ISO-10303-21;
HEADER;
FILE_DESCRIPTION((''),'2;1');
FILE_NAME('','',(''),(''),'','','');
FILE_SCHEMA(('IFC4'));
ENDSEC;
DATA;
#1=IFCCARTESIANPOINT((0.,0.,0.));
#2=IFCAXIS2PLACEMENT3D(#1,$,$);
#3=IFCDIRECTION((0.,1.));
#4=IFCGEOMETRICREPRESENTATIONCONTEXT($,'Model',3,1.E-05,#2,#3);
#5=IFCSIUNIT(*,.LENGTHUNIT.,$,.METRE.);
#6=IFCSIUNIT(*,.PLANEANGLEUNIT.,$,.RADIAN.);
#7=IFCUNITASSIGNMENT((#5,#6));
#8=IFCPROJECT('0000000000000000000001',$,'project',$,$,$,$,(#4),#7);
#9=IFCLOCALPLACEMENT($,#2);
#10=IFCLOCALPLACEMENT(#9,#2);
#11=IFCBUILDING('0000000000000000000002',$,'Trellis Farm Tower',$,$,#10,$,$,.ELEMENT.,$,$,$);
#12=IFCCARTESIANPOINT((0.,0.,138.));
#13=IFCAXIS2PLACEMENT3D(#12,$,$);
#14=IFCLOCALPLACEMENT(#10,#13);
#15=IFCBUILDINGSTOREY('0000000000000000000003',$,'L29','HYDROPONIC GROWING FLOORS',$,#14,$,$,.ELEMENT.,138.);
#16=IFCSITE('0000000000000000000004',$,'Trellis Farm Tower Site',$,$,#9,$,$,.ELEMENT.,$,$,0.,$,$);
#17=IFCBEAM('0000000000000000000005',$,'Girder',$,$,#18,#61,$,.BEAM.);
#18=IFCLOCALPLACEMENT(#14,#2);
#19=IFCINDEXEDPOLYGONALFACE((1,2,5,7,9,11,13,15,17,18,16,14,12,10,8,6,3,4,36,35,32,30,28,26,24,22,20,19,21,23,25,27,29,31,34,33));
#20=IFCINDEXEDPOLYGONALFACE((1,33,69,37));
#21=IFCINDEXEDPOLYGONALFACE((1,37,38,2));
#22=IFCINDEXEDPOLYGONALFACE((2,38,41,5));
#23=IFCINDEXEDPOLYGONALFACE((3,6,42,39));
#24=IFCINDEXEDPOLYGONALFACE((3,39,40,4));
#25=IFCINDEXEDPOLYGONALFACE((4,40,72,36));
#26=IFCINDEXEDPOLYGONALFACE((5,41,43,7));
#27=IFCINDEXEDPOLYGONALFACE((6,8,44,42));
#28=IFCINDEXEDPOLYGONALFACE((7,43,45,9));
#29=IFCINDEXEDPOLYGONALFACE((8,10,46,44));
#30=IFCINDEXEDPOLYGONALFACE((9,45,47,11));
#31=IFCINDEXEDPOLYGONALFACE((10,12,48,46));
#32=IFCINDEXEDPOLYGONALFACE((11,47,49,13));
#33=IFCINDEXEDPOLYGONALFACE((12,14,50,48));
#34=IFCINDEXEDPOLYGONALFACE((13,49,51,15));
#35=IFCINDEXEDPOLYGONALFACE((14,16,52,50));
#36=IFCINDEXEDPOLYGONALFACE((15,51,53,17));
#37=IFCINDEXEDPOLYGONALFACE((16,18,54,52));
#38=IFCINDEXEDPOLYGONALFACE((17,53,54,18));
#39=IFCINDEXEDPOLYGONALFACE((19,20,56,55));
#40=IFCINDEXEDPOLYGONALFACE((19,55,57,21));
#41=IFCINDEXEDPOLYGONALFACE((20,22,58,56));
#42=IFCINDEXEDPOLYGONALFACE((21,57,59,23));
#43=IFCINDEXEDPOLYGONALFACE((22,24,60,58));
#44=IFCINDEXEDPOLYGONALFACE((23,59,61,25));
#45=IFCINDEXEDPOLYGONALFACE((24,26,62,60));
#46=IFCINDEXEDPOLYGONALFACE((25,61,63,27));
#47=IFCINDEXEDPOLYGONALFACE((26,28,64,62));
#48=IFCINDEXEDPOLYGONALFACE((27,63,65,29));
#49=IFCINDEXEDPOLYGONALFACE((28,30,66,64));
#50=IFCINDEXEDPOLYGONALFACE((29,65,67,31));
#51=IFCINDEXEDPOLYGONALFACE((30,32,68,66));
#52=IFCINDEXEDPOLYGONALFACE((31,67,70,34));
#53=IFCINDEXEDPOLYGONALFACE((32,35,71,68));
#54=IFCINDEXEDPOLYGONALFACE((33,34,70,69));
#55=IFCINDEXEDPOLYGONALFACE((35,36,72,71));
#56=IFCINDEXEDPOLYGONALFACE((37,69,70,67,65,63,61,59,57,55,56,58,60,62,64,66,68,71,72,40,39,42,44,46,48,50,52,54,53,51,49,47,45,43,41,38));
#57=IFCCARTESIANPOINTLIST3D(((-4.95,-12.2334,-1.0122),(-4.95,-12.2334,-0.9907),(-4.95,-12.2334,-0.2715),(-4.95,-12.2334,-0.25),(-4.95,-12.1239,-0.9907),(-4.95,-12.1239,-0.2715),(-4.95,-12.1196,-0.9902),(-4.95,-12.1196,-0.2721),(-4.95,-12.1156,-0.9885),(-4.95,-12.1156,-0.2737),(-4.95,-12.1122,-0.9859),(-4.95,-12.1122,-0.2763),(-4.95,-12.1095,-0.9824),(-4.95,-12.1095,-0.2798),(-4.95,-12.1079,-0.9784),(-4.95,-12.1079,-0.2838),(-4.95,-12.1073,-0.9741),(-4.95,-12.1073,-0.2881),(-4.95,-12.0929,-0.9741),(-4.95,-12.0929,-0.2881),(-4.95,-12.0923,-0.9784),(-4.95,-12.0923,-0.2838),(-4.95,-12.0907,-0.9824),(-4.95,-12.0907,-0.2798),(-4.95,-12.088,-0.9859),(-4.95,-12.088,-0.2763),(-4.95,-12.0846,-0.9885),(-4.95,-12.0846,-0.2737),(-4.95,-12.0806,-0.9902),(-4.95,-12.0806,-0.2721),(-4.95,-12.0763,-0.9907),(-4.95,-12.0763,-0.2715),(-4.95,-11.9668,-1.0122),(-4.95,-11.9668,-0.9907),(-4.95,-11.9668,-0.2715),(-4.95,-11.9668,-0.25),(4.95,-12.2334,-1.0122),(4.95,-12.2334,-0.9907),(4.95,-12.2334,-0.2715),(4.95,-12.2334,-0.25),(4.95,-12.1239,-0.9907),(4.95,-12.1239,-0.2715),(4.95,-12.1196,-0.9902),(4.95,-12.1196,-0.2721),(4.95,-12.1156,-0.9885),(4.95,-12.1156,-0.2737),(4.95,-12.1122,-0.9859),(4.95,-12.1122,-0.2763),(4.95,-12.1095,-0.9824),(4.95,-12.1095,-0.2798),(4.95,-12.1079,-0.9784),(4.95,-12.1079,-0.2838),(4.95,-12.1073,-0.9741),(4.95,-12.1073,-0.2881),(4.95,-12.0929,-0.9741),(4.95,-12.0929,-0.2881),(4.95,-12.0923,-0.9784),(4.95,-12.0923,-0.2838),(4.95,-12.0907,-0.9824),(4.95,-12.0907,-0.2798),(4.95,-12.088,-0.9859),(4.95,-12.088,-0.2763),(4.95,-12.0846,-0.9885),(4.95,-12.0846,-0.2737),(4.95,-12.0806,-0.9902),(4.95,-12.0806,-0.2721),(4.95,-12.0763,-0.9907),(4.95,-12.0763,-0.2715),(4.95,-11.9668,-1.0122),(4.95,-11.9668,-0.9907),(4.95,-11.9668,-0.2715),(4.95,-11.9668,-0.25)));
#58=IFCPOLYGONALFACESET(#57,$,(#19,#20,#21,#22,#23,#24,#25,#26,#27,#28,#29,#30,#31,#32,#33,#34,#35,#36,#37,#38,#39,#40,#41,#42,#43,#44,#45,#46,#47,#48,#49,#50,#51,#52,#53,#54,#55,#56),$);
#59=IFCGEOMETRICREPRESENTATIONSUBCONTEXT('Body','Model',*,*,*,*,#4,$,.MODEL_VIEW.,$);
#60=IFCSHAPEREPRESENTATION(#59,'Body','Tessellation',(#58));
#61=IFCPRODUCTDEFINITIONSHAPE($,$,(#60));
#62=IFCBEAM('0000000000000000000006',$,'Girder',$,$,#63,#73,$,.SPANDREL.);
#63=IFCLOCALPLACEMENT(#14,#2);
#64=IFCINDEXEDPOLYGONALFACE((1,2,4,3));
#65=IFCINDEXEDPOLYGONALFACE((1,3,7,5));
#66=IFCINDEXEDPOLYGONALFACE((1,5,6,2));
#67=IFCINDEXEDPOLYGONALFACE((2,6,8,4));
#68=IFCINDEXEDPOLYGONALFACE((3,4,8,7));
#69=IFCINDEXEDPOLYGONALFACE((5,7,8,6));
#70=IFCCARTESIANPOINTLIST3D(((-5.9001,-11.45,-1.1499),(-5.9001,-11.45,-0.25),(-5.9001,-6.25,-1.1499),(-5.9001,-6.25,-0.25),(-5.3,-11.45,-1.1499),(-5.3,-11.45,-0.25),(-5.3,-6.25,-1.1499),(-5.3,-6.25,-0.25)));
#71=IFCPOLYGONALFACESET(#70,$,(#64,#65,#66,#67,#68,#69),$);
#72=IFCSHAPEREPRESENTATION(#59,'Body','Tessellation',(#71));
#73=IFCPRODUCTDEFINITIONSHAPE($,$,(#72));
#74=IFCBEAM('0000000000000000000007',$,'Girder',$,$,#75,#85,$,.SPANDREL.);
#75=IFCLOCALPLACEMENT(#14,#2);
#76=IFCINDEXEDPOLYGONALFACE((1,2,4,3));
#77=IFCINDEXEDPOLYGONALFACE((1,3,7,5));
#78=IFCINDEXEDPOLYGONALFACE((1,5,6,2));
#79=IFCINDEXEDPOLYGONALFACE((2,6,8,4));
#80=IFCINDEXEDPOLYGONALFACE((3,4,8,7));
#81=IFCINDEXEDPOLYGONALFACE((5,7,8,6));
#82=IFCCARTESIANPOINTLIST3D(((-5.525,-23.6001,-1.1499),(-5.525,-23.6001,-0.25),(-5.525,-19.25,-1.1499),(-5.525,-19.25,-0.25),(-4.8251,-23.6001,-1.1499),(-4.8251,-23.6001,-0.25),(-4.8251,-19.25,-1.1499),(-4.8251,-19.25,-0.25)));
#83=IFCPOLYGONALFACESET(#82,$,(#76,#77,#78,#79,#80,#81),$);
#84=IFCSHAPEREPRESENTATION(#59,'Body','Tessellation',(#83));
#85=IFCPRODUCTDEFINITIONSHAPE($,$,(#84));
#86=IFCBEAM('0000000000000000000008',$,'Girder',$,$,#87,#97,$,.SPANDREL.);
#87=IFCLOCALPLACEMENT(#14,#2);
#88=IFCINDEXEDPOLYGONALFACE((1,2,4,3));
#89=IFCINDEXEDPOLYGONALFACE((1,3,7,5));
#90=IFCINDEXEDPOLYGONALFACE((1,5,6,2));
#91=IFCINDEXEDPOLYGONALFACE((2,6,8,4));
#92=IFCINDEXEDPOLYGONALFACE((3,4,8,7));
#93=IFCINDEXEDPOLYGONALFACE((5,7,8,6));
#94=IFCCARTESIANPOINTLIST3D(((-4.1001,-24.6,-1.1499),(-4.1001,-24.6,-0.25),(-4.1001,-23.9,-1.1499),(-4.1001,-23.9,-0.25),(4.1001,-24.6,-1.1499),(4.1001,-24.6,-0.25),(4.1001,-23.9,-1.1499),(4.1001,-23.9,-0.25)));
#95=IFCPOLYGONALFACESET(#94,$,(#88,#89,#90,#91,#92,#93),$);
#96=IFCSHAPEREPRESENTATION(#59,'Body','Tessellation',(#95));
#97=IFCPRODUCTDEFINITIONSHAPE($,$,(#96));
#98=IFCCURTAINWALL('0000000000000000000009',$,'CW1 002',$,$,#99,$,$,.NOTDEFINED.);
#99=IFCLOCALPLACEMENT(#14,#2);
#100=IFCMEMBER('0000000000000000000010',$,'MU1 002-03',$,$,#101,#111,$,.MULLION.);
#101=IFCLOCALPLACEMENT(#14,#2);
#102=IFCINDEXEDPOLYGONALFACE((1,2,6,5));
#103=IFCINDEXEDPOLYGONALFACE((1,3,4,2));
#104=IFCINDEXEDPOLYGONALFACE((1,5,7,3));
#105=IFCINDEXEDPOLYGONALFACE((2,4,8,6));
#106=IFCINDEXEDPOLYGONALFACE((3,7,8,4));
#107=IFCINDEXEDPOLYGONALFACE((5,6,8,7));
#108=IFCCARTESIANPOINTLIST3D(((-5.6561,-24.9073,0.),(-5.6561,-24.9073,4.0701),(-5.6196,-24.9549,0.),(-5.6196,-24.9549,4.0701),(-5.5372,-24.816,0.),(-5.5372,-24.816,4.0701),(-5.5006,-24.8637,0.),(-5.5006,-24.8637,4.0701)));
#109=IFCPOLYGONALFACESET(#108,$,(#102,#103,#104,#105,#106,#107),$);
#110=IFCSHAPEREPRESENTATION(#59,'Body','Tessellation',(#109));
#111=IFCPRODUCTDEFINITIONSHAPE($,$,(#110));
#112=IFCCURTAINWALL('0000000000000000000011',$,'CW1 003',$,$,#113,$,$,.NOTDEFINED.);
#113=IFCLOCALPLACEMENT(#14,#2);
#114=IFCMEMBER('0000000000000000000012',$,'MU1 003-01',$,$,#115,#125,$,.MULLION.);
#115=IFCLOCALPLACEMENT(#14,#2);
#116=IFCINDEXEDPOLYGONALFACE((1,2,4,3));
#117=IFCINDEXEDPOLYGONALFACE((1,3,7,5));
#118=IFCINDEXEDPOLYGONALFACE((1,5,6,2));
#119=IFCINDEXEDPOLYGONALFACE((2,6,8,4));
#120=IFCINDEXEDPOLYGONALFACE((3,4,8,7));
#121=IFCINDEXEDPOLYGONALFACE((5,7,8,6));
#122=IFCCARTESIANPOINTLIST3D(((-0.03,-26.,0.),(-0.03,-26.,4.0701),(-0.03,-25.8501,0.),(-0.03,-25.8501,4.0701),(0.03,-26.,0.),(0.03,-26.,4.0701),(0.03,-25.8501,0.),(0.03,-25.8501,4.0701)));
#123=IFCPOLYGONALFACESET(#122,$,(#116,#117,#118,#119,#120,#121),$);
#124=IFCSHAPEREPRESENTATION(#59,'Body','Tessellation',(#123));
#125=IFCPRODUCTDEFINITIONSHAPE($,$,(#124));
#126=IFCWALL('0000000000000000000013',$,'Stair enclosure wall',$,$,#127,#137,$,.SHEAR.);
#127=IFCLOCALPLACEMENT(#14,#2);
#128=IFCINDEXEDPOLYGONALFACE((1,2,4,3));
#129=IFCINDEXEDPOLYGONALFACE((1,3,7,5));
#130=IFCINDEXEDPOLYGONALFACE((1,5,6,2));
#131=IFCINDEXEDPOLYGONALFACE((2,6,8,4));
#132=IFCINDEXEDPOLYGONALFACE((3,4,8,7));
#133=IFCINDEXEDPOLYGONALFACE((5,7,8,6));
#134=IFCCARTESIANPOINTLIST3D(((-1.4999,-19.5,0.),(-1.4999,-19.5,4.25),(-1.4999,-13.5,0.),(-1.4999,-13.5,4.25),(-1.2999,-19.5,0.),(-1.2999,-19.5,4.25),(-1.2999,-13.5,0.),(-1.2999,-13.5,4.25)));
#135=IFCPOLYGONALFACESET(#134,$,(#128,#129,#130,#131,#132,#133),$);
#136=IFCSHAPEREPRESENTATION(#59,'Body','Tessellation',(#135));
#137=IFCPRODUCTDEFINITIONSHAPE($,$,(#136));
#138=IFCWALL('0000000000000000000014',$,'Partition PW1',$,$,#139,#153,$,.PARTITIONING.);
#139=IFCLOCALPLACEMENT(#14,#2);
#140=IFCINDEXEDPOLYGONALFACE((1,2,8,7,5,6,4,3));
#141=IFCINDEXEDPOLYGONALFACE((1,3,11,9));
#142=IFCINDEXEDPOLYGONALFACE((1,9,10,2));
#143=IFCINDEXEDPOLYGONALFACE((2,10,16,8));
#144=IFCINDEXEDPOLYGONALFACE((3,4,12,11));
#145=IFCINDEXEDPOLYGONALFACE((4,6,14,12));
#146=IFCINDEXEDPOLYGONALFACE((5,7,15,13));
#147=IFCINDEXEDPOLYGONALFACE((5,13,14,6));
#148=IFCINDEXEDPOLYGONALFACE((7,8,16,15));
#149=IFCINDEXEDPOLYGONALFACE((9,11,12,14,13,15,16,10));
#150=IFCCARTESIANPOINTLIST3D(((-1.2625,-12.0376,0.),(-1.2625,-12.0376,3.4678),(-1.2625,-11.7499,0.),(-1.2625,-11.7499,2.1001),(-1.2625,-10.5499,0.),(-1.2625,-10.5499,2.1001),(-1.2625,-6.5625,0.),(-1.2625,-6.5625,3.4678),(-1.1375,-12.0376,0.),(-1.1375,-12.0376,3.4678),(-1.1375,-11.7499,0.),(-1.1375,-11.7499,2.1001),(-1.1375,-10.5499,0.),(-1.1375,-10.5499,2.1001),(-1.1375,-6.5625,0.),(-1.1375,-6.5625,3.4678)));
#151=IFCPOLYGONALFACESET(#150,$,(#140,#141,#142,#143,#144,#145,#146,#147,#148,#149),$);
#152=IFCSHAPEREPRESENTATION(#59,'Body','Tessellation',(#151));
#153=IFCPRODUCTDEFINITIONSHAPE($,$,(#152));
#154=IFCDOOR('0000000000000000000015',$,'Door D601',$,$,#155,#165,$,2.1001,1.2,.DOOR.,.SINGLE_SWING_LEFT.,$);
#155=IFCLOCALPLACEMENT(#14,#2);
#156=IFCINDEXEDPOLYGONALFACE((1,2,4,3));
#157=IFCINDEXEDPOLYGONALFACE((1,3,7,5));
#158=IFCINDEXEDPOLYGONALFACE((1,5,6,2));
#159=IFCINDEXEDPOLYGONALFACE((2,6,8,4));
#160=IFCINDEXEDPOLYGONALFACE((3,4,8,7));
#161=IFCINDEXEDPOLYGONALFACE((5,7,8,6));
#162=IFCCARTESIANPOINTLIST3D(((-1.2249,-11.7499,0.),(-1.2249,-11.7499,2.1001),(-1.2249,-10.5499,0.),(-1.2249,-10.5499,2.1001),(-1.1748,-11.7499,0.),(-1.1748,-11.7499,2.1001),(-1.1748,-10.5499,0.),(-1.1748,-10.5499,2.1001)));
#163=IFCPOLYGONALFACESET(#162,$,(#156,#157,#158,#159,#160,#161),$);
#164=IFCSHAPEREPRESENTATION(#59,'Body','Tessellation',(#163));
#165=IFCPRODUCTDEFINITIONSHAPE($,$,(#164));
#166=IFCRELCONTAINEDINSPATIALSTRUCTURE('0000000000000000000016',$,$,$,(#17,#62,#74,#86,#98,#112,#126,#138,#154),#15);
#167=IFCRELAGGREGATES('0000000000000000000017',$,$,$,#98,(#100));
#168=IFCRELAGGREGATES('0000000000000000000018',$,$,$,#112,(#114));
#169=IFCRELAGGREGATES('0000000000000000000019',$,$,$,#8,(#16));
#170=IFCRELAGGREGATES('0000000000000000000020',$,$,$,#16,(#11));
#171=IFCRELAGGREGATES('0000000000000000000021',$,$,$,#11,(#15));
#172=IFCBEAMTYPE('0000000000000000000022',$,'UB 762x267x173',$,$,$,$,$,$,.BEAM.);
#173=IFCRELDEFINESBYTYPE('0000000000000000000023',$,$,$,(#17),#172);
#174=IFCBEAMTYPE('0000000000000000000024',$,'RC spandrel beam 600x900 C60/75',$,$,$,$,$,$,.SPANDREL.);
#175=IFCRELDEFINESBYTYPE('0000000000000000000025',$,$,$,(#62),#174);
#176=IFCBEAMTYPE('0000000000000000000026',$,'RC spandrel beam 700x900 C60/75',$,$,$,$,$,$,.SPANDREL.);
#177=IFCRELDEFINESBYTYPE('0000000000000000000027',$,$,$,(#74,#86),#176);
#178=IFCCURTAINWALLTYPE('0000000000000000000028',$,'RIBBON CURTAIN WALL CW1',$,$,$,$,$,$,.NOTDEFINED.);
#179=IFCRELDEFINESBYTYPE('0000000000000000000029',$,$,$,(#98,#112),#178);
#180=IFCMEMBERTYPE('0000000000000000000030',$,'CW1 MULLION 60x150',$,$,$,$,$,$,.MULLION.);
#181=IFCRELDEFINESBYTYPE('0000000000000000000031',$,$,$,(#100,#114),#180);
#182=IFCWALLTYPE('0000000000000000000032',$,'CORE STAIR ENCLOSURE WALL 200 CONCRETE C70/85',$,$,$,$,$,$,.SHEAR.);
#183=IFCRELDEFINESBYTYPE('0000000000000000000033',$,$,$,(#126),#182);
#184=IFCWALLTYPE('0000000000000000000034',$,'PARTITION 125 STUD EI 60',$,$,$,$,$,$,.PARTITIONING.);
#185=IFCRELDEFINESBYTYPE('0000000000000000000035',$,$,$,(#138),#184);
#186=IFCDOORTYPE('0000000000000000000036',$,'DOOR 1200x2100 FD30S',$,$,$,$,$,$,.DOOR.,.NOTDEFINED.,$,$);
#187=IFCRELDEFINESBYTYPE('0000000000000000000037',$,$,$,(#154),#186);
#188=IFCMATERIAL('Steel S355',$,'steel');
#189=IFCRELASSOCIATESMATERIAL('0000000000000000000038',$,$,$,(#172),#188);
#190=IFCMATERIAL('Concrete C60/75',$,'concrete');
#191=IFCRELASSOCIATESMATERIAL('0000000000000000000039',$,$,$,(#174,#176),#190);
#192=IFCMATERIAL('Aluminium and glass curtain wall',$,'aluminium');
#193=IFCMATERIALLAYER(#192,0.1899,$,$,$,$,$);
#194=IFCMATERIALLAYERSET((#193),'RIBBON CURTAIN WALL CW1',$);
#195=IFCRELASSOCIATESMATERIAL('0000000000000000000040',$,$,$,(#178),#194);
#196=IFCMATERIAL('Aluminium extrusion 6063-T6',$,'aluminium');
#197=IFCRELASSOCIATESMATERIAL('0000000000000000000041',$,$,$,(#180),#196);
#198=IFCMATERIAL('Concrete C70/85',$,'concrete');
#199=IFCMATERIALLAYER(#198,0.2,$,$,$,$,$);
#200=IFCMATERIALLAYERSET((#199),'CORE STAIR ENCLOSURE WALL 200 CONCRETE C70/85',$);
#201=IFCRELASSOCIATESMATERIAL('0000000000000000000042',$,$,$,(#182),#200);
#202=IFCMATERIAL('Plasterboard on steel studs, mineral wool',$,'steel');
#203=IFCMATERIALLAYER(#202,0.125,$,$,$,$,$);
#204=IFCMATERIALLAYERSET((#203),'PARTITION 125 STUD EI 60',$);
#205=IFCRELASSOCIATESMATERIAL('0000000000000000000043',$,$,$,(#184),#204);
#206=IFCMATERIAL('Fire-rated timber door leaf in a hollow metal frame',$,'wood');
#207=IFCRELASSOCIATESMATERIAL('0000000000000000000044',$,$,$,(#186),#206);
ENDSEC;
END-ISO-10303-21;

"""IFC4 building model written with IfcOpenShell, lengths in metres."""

from ifc_helpers import new_model, si_unit, direction, frame, frame_2d, origin, origin_2d, place, context, subcontext, project, spatial, rectangle, i_section, extrude, source, transform, mapped, material, layer, layer_set, material_profile, profile_set, type_object, element, fill, aggregate, save


model = new_model("IFC4")

# Units and contexts
model_context = context("Model", 3, precision=1e-05, world=origin(), true_north=direction((0.0, 1.0)))
body_context = subcontext(model_context, "Body", "Model", "MODEL_VIEW")
ifc_project = project(units=[si_unit("LENGTHUNIT", "METRE"), si_unit("PLANEANGLEUNIT", "RADIAN")], contexts=[model_context])

# Site, building, storey
site_placement = place(None, origin())
site = spatial("IfcSite", under=ifc_project, at=site_placement, Name="Trellis Farm Tower Site", CompositionType="ELEMENT", RefElevation=0.0)
building_placement = place(site_placement, origin())
building = spatial("IfcBuilding", under=site, at=building_placement, Name="Trellis Farm Tower", CompositionType="ELEMENT")
storey_placement = place(building_placement, frame((0.0, 0.0, 138.0)))
storey = spatial("IfcBuildingStorey", under=building, at=storey_placement, Name="L29", Description="HYDROPONIC GROWING FLOORS", CompositionType="ELEMENT", Elevation=138.0)

# Beams
ifc_material_1 = material(Name="Steel S355", Category="steel")
ifc_material_profile_1 = material_profile(ifc_material_1, i_section(OverallWidth=0.2666, OverallDepth=0.7622, WebThickness=0.0144, FlangeThickness=0.0215, FilletRadius=0.0166, at=origin_2d()), Name="UB 762x267x173")
ifc_profile_set_1 = profile_set([ifc_material_profile_1], Name="Steel S355")
beam_type_1 = type_object("IfcBeamType", Name="UB 762x267x173", PredefinedType="BEAM", material=ifc_profile_set_1)
shared_shape_1 = source(origin(), body_context, "Body", "SweptSolid", [
    extrude(i_section(OverallWidth=0.2666, OverallDepth=0.7622, WebThickness=0.0144, FlangeThickness=0.0215, FilletRadius=0.0166, at=origin_2d()), origin(), (0.0, 0.0, 1.0), 9.8999),
])
beam_1_placement = place(storey_placement, frame((-4.95, -12.1001, -0.6311), z_axis=(1.0, 0.0, 0.0), x_axis=(0.0, 1.0, 0.0)))
element("IfcBeam", 1, at=beam_1_placement, inside=storey, type_object=beam_type_1, Name="Girder", PredefinedType="BEAM", context=body_context, shape_type="MappedRepresentation", body=[
    mapped(shared_shape_1, transform((0.0, 0.0, 0.0))),
])
ifc_material_2 = material(Name="Concrete C60/75", Category="concrete")
ifc_material_profile_2 = material_profile(ifc_material_2, rectangle(XDim=0.6001, YDim=0.8999, at=origin_2d()), Name="RC spandrel beam 600x900 C60/75")
ifc_profile_set_2 = profile_set([ifc_material_profile_2], Name="Concrete C60/75")
beam_type_2 = type_object("IfcBeamType", Name="RC spandrel beam 600x900 C60/75", PredefinedType="SPANDREL", material=ifc_profile_set_2)
shared_shape_2 = source(origin(), body_context, "Body", "SweptSolid", [
    extrude(rectangle(XDim=0.6001, YDim=0.8999, at=origin_2d()), origin(), (0.0, 0.0, 1.0), 5.2),
])
beam_2_placement = place(storey_placement, frame((-5.6001, -11.45, -0.7), z_axis=(0.0, 1.0, 0.0), x_axis=(-1.0, 0.0, 0.0)))
element("IfcBeam", 2, at=beam_2_placement, inside=storey, type_object=beam_type_2, Name="Girder", PredefinedType="SPANDREL", context=body_context, shape_type="MappedRepresentation", body=[
    mapped(shared_shape_2, transform((0.0, 0.0, 0.0))),
])
ifc_material_profile_3 = material_profile(ifc_material_2, rectangle(XDim=0.7, YDim=0.8999, at=origin_2d()), Name="RC spandrel beam 700x900 C60/75")
ifc_profile_set_3 = profile_set([ifc_material_profile_3], Name="Concrete C60/75")
beam_type_3 = type_object("IfcBeamType", Name="RC spandrel beam 700x900 C60/75", PredefinedType="SPANDREL", material=ifc_profile_set_3)
shared_shape_3 = source(origin(), body_context, "Body", "SweptSolid", [
    extrude(rectangle(XDim=0.7, YDim=0.8999, at=origin_2d()), origin(), (0.0, 0.0, 1.0), 4.3501),
])
beam_3_placement = place(storey_placement, frame((-5.175, -23.6001, -0.7), z_axis=(0.0, 1.0, 0.0), x_axis=(-1.0, 0.0, 0.0)))
element("IfcBeam", 3, at=beam_3_placement, inside=storey, type_object=beam_type_3, Name="Girder", PredefinedType="SPANDREL", context=body_context, shape_type="MappedRepresentation", body=[
    mapped(shared_shape_3, transform((0.0, 0.0, 0.0))),
])
shared_shape_4 = source(origin(), body_context, "Body", "SweptSolid", [
    extrude(rectangle(XDim=0.7, YDim=0.8999, at=origin_2d()), origin(), (0.0, 0.0, 1.0), 8.2002),
])
beam_4_placement = place(storey_placement, frame((-4.1001, -24.25, -0.7), z_axis=(1.0, 0.0, 0.0), x_axis=(0.0, 1.0, 0.0)))
element("IfcBeam", 4, at=beam_4_placement, inside=storey, type_object=beam_type_3, Name="Girder", PredefinedType="SPANDREL", context=body_context, shape_type="MappedRepresentation", body=[
    mapped(shared_shape_4, transform((0.0, 0.0, 0.0))),
])

# Curtain walls, members
ifc_material_3 = material(Name="Aluminium and glass curtain wall", Category="aluminium")
ifc_layer_1 = layer(ifc_material_3, 0.1899)
ifc_layer_set_1 = layer_set([ifc_layer_1], Name="RIBBON CURTAIN WALL CW1")
curtain_wall_type = type_object("IfcCurtainWallType", Name="RIBBON CURTAIN WALL CW1", PredefinedType="NOTDEFINED", material=ifc_layer_set_1)
placement = place(storey_placement, origin())
curtain_wall_1 = element("IfcCurtainWall", 5, at=placement, inside=storey, type_object=curtain_wall_type, Name="CW1 002", PredefinedType="NOTDEFINED")
ifc_material_4 = material(Name="Aluminium extrusion 6063-T6", Category="aluminium")
ifc_material_profile_4 = material_profile(ifc_material_4, rectangle(XDim=0.0601, YDim=0.1499, at=origin_2d()), Name="MULLION 60x150")
ifc_profile_set_4 = profile_set([ifc_material_profile_4], Name="Aluminium extrusion 6063-T6")
member_type = type_object("IfcMemberType", Name="CW1 MULLION 60x150", PredefinedType="MULLION", material=ifc_profile_set_4)
shared_shape_5 = source(origin(), body_context, "Body", "SweptSolid", [
    extrude(rectangle(XDim=0.0601, YDim=0.1499, at=origin_2d()), origin(), (0.0, 0.0, 1.0), 4.0701),
])
member_1_placement = place(storey_placement, frame((-5.5784, -24.8855, 0.0), z_axis=(0.0, 0.0, 1.0), x_axis=(0.608761, -0.793353, 0.0)))
member_1 = element("IfcMember", 6, at=member_1_placement, type_object=member_type, Name="MU1 002-03", PredefinedType="MULLION", context=body_context, shape_type="MappedRepresentation", body=[
    mapped(shared_shape_5, transform((0.0, 0.0, 0.0))),
])
aggregate(curtain_wall_1, [member_1])
curtain_wall_2 = element("IfcCurtainWall", 7, at=placement, inside=storey, type_object=curtain_wall_type, Name="CW1 003", PredefinedType="NOTDEFINED")
member_2_placement = place(storey_placement, frame((0.0, -25.925, 0.0), z_axis=(0.0, 0.0, 1.0), x_axis=(1.0, 0.0, 0.0)))
member_2 = element("IfcMember", 8, at=member_2_placement, type_object=member_type, Name="MU1 003-01", PredefinedType="MULLION", context=body_context, shape_type="MappedRepresentation", body=[
    mapped(shared_shape_5, transform((0.0, 0.0, 0.0))),
])
aggregate(curtain_wall_2, [member_2])

# Wall
ifc_material_5 = material(Name="Concrete C70/85", Category="concrete")
ifc_layer_2 = layer(ifc_material_5, 0.2)
ifc_layer_set_2 = layer_set([ifc_layer_2], Name="CORE STAIR ENCLOSURE WALL 200 CONCRETE C70/85")
wall_type_1 = type_object("IfcWallType", Name="CORE STAIR ENCLOSURE WALL 200 CONCRETE C70/85", PredefinedType="SHEAR", material=ifc_layer_set_2)
shared_shape_6 = source(origin(), body_context, "Body", "SweptSolid", [
    extrude(rectangle(XDim=6.0, YDim=0.2, at=frame_2d((3.0, 0.0))), origin(), (0.0, 0.0, 1.0), 4.25),
])
wall_1_placement = place(storey_placement, frame((-1.3999, -13.5, 0.0), z_axis=(0.0, 0.0, 1.0), x_axis=(0.0, -1.0, 0.0)))
element("IfcWall", 9, at=wall_1_placement, inside=storey, type_object=wall_type_1, Name="Stair enclosure wall", PredefinedType="SHEAR", context=body_context, shape_type="MappedRepresentation", body=[
    mapped(shared_shape_6, transform((0.0, 0.0, 0.0))),
])

# Wall, opening, door
ifc_material_6 = material(Name="Plasterboard on steel studs, mineral wool", Category="steel")
ifc_layer_3 = layer(ifc_material_6, 0.125)
ifc_layer_set_3 = layer_set([ifc_layer_3], Name="PARTITION 125 STUD EI 60")
wall_type_2 = type_object("IfcWallType", Name="PARTITION 125 STUD EI 60", PredefinedType="PARTITIONING", material=ifc_layer_set_3)
shared_shape_7 = source(origin(), body_context, "Body", "SweptSolid", [
    extrude(rectangle(XDim=5.4751, YDim=0.125, at=frame_2d((2.7375, 0.0))), origin(), (0.0, 0.0, 1.0), 3.4678),
])
wall_2_placement = place(storey_placement, frame((-1.2, -12.0376, 0.0), z_axis=(0.0, 0.0, 1.0), x_axis=(0.0, 1.0, 0.0)))
wall_2 = element("IfcWall", 10, at=wall_2_placement, inside=storey, type_object=wall_type_2, Name="Partition PW1", PredefinedType="PARTITIONING", context=body_context, shape_type="MappedRepresentation", body=[
    mapped(shared_shape_7, transform((0.0, 0.0, 0.0))),
])
shared_shape_8 = source(origin(), body_context, "Body", "SweptSolid", [
    extrude(rectangle(XDim=1.2, YDim=2.1001, at=frame_2d((0.6001, 1.05))), frame((0.0, 0.0725, 0.0), z_axis=(0.0, -1.0, 0.0), x_axis=(1.0, 0.0, 0.0)), (0.0, 0.0, 1.0), 0.145),
])
opening_1_placement = place(wall_2_placement, frame((0.2876, 0.0, 0.0)))
opening_1 = element("IfcOpeningElement", 11, at=opening_1_placement, cuts=wall_2, PredefinedType="OPENING", context=body_context, shape_type="MappedRepresentation", body=[
    mapped(shared_shape_8, transform((0.0, 0.0, 0.0))),
])
ifc_material_7 = material(Name="Fire-rated timber door leaf in a hollow metal frame", Category="wood")
door_type_1 = type_object("IfcDoorType", Name="DOOR 1200x2100 FD30S", OperationType="NOTDEFINED", PredefinedType="DOOR", material=ifc_material_7)
shared_shape_9 = source(origin(), body_context, "Body", "SweptSolid", [
    extrude(rectangle(XDim=1.2, YDim=2.1001, at=frame_2d((0.6001, 1.05))), frame((0.0, 0.0249, 0.0), z_axis=(0.0, -1.0, 0.0), x_axis=(1.0, 0.0, 0.0)), (0.0, 0.0, 1.0), 0.05),
])
door_1_placement = place(opening_1_placement, origin())
door_1 = element("IfcDoor", 12, at=door_1_placement, inside=storey, type_object=door_type_1, Name="Door D601", OperationType="SINGLE_SWING_LEFT", OverallHeight=2.1001, OverallWidth=1.2, PredefinedType="DOOR", context=body_context, shape_type="MappedRepresentation", body=[
    mapped(shared_shape_9, transform((0.0, 0.0, 0.0))),
])
fill(opening_1, door_1)

save(model, "model.ifc")
